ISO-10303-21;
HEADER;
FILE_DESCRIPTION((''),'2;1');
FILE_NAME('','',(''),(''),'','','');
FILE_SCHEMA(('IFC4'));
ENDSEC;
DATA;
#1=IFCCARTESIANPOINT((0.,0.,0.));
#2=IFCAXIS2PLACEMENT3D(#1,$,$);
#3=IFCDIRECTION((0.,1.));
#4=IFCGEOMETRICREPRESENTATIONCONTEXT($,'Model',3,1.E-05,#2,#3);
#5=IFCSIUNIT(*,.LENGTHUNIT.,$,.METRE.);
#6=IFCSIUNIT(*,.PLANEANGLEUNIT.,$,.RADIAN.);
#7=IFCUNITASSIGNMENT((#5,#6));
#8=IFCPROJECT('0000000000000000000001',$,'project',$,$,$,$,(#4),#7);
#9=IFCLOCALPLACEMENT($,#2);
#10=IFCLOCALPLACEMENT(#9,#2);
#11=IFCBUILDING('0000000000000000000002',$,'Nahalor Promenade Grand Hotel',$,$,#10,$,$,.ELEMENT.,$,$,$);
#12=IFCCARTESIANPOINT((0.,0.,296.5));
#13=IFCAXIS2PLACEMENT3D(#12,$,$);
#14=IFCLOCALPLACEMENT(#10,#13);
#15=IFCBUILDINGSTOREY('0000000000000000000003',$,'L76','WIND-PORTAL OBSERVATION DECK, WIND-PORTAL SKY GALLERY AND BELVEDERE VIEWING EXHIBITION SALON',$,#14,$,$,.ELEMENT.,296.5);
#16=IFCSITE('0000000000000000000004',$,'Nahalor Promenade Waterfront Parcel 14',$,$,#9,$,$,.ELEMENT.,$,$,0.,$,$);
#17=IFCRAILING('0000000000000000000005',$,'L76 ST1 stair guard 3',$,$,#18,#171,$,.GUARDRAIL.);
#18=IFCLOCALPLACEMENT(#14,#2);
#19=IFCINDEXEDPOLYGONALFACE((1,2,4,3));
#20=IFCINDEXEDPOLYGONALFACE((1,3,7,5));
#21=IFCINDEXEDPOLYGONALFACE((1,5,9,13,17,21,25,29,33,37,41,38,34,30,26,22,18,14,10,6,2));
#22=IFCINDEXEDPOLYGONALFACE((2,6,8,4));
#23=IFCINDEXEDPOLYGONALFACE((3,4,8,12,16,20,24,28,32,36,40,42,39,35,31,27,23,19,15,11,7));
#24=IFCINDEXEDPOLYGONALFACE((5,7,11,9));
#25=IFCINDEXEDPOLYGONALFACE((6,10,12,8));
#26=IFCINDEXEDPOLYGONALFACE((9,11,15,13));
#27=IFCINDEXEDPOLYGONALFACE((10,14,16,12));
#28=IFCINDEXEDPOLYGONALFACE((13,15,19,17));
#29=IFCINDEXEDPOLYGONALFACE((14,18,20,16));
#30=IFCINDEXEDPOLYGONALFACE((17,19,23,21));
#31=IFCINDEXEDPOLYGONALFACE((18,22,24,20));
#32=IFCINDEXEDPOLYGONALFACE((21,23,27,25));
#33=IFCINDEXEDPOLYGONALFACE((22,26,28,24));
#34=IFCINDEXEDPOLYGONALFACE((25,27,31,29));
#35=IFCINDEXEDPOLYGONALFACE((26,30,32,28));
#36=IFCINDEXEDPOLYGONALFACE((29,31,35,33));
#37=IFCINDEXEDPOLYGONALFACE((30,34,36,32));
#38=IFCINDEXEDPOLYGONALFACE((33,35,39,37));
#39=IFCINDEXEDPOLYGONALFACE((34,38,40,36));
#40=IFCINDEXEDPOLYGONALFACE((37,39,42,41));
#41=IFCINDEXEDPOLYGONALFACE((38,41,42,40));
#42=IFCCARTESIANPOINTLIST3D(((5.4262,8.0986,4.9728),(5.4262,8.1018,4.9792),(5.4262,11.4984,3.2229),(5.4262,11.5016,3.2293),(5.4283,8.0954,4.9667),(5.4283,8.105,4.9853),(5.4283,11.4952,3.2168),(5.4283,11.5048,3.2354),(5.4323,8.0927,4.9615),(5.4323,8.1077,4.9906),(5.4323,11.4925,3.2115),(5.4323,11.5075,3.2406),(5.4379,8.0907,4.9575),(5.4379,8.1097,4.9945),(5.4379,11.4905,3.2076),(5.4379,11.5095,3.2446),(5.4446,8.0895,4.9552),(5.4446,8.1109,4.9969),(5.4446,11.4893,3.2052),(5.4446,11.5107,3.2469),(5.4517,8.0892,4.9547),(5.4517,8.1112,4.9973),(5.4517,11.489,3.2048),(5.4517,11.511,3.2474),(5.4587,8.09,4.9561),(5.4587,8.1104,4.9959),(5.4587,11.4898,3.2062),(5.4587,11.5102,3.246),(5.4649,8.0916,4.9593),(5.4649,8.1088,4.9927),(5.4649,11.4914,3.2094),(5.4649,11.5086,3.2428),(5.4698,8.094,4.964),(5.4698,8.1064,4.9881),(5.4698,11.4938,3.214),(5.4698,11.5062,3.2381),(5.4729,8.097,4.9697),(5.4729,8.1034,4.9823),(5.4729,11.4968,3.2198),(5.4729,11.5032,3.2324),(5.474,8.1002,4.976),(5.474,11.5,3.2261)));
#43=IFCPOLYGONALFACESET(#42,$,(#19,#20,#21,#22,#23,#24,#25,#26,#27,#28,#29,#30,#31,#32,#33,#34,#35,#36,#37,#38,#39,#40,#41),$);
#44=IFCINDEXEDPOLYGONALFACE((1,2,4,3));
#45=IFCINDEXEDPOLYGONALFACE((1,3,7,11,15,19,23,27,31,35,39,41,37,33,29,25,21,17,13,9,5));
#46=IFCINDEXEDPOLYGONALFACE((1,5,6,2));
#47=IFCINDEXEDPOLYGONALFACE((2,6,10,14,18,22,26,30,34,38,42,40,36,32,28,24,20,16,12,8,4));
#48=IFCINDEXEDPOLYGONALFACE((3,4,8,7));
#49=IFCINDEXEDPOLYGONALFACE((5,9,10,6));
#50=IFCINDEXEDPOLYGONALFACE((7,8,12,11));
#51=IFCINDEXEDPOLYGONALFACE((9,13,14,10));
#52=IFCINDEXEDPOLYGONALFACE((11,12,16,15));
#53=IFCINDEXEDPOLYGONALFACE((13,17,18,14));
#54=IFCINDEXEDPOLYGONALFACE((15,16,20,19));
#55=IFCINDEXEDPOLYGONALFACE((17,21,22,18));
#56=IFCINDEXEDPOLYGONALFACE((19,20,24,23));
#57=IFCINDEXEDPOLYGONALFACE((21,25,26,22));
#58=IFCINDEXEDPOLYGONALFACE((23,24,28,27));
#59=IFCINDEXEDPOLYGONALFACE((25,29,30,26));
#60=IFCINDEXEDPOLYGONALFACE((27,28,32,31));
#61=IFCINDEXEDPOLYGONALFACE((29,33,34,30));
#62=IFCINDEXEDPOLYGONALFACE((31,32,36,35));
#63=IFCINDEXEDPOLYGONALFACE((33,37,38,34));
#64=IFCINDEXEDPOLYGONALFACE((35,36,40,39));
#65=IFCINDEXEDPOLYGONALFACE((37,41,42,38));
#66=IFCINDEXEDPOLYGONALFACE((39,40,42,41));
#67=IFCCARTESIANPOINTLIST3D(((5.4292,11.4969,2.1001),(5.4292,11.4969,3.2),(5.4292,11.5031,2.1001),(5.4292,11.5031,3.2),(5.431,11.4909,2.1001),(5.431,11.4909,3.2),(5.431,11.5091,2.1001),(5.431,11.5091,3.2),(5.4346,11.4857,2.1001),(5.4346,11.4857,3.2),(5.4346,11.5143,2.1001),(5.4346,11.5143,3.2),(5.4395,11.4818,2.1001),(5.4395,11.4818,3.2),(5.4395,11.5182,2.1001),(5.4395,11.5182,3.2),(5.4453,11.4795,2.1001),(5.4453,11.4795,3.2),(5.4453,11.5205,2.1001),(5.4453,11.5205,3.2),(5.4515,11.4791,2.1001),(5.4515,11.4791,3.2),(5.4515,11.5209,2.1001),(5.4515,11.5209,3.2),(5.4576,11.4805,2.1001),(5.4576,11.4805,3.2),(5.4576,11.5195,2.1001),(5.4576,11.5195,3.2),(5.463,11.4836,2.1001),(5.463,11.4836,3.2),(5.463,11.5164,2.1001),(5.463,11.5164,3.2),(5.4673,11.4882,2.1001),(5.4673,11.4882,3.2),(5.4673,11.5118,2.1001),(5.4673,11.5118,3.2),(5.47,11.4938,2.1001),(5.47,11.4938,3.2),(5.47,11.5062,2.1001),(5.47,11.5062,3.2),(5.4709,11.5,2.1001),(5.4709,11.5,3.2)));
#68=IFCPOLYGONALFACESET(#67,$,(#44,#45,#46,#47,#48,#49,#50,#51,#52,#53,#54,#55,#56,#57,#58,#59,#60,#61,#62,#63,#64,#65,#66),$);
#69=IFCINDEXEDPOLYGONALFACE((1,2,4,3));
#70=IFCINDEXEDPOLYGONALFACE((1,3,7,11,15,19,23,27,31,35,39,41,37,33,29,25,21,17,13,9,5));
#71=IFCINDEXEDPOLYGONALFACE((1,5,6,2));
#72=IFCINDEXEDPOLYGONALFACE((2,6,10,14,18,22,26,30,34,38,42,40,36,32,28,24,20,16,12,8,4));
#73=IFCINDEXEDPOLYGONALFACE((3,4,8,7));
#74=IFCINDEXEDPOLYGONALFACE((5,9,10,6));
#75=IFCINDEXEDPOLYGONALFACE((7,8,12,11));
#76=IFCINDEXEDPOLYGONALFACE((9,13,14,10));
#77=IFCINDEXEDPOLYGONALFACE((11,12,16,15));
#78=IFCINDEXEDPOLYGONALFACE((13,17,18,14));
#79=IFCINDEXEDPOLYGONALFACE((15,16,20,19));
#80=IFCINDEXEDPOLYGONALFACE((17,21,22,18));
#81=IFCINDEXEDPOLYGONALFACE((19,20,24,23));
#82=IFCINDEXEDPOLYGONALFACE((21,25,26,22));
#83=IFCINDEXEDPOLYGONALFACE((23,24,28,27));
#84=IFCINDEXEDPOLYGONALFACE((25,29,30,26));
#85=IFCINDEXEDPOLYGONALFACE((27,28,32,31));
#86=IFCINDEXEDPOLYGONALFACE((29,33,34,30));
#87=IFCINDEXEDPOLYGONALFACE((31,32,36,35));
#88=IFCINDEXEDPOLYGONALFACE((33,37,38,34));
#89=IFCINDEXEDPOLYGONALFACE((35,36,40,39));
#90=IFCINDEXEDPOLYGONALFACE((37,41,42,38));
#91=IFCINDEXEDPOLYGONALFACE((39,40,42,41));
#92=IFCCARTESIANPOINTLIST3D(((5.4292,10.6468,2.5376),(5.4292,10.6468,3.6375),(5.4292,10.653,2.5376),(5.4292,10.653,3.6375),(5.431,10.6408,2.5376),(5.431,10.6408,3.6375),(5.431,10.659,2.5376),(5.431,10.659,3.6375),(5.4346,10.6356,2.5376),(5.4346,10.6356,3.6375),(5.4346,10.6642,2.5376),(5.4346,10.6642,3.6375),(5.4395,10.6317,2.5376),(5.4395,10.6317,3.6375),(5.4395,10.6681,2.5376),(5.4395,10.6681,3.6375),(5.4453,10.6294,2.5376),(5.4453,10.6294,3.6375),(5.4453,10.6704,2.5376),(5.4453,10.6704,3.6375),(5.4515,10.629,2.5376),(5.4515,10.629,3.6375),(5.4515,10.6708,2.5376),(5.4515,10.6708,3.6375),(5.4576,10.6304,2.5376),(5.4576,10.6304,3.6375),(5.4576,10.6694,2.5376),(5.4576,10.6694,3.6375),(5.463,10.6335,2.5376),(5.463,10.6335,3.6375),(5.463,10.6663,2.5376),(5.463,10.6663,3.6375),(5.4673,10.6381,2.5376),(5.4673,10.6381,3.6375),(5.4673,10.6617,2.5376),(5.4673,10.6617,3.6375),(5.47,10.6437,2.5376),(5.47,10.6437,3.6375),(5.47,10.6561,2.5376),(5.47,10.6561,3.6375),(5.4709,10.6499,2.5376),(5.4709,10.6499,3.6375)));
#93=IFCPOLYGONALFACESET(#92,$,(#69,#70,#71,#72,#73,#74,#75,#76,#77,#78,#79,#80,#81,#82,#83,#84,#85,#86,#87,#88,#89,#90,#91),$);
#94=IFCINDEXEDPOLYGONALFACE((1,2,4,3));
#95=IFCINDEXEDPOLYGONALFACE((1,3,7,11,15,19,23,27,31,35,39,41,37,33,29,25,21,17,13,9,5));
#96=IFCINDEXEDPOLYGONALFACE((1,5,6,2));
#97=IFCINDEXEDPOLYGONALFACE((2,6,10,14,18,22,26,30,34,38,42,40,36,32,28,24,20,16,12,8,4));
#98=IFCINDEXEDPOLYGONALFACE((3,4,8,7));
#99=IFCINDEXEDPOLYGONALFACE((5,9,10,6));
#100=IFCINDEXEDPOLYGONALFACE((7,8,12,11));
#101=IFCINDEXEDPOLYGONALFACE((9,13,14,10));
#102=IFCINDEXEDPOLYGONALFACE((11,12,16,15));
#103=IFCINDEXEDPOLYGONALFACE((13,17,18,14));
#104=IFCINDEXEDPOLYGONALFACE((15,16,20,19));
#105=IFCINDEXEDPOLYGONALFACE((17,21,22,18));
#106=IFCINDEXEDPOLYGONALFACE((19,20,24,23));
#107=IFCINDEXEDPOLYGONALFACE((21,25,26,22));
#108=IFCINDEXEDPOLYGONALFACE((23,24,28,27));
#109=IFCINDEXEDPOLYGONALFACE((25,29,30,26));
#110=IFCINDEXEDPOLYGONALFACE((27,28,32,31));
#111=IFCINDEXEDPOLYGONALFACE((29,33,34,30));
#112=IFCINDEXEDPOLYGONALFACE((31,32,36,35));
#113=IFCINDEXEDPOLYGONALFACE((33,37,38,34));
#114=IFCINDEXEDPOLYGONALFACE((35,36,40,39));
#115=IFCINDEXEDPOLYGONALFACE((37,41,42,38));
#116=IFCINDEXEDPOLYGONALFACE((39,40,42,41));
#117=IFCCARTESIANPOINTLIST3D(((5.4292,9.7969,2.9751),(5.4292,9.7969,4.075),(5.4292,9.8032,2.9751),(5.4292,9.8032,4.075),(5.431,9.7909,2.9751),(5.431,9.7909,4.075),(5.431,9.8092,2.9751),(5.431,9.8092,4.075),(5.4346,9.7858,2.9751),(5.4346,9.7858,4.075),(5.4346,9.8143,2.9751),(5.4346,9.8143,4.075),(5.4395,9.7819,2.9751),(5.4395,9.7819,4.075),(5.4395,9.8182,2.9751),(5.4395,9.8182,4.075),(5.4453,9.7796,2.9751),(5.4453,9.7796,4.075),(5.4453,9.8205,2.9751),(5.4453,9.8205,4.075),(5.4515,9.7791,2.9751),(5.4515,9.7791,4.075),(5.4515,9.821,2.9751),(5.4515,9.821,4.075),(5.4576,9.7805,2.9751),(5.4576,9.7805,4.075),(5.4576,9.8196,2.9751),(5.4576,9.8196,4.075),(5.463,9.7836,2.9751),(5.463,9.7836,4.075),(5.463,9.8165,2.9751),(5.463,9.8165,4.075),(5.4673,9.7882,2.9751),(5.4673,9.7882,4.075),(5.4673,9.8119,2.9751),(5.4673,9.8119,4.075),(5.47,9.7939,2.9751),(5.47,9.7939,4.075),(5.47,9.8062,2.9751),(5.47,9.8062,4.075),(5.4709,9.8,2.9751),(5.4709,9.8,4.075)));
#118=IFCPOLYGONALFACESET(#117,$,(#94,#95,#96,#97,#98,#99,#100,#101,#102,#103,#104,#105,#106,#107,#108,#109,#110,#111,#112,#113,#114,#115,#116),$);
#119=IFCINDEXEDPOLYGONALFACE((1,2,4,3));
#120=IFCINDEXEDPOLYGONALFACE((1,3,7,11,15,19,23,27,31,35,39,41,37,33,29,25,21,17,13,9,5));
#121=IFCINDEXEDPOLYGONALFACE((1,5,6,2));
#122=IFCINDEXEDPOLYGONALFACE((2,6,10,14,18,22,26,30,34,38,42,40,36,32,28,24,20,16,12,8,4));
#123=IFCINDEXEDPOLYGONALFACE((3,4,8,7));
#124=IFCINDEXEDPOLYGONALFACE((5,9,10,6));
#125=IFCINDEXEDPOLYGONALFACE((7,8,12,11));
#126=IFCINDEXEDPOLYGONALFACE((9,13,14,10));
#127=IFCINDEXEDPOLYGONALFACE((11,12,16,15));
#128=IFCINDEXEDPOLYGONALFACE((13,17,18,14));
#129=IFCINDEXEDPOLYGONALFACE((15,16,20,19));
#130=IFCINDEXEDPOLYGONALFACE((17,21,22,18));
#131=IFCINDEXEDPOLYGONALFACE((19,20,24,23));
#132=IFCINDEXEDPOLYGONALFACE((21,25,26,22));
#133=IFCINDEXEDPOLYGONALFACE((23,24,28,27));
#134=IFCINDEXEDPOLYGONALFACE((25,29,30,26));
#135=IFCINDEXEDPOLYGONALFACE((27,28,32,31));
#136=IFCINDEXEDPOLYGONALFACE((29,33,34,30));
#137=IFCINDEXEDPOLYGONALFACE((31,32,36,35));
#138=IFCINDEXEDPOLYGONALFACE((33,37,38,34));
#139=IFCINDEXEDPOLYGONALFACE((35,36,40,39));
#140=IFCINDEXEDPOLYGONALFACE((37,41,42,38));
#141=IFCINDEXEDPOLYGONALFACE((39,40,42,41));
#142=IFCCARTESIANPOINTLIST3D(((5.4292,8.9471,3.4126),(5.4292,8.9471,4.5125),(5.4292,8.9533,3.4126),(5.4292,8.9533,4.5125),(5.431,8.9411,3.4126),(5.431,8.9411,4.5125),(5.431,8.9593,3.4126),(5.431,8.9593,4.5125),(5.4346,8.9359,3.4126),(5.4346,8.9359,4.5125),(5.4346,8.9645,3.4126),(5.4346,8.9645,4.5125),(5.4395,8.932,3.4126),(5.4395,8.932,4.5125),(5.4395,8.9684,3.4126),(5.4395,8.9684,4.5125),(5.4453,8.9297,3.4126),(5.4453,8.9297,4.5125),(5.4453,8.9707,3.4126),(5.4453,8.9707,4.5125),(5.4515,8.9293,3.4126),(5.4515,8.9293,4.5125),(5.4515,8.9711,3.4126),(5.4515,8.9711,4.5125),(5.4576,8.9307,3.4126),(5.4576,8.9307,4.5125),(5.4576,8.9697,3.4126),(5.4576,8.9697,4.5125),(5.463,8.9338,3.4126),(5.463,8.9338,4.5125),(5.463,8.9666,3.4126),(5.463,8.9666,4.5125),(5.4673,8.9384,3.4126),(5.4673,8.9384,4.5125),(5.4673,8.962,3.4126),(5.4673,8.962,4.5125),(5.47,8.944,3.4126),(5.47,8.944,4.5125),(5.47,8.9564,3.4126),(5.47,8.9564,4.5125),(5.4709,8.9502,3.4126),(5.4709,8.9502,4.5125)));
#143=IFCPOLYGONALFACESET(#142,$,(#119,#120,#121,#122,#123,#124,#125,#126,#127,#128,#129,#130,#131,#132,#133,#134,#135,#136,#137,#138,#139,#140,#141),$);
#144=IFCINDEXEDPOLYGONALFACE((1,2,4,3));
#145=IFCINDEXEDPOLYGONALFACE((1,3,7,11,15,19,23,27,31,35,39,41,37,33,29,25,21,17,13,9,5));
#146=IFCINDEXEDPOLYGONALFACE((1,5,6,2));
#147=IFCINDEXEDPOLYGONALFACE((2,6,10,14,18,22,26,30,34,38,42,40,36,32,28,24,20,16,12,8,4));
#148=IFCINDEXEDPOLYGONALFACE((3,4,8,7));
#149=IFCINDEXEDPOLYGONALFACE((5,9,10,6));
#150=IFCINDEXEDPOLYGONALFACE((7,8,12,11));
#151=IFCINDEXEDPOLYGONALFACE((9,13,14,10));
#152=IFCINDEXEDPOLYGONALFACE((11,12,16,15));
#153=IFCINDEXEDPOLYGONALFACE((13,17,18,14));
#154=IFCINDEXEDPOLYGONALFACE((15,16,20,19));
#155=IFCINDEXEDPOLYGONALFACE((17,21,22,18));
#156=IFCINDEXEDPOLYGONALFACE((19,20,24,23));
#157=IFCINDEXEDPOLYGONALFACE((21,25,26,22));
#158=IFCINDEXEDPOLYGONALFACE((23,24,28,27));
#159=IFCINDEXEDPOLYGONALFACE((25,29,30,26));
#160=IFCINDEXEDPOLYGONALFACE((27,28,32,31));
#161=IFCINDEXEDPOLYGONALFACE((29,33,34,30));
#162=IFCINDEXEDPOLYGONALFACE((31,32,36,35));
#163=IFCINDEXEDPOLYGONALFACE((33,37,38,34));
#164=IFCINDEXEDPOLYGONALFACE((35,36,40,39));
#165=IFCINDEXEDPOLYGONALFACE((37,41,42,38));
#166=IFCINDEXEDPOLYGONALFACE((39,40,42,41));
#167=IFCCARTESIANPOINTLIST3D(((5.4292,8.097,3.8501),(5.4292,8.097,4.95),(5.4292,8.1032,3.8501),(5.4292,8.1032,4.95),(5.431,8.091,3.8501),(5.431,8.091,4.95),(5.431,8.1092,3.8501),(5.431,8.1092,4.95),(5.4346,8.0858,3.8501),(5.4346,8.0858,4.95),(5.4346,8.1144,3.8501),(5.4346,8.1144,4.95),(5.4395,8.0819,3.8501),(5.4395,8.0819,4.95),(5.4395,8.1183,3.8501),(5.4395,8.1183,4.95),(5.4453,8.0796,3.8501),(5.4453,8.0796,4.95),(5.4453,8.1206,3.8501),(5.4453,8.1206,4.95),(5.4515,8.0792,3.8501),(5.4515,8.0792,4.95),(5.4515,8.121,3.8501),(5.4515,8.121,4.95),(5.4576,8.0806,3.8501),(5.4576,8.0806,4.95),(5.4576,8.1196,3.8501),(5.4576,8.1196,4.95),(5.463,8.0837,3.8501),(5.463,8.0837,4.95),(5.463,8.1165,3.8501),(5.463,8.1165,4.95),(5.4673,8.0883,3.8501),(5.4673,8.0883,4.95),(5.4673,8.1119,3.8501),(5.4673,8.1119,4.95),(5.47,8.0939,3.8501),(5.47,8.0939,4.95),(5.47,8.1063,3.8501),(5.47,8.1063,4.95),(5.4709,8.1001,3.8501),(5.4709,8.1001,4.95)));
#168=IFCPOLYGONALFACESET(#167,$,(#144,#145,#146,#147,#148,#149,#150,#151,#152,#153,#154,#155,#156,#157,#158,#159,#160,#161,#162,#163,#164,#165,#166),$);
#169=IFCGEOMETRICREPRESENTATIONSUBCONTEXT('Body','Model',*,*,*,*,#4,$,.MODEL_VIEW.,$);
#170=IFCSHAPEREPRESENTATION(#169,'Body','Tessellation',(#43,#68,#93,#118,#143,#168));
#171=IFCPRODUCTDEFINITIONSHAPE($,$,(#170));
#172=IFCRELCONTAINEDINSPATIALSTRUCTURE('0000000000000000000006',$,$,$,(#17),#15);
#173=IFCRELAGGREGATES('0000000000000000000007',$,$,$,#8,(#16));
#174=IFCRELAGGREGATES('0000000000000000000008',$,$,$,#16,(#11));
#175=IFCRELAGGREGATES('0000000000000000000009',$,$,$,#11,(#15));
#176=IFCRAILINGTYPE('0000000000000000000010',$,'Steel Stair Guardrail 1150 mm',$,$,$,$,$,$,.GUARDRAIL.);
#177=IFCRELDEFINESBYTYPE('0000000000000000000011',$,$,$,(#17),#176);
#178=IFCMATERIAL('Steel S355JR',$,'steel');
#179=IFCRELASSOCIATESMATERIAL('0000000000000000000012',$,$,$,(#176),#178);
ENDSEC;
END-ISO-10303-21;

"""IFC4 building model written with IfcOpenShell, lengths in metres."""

from ifc_helpers import new_model, si_unit, direction, frame, origin, origin_2d, place, context, subcontext, project, spatial, circle, extrude, material, type_object, element, save


model = new_model("IFC4")

# Units and contexts
model_context = context("Model", 3, precision=1e-05, world=origin(), true_north=direction((0.0, 1.0)))
body_context = subcontext(model_context, "Body", "Model", "MODEL_VIEW")
ifc_project = project(units=[si_unit("LENGTHUNIT", "METRE"), si_unit("PLANEANGLEUNIT", "RADIAN")], contexts=[model_context])

# Site, building, storey
site_placement = place(None, origin())
site = spatial("IfcSite", under=ifc_project, at=site_placement, Name="Nahalor Promenade Waterfront Parcel 14", CompositionType="ELEMENT", RefElevation=0.0)
building_placement = place(site_placement, origin())
building = spatial("IfcBuilding", under=site, at=building_placement, Name="Nahalor Promenade Grand Hotel", CompositionType="ELEMENT")
storey_placement = place(building_placement, frame((0.0, 0.0, 296.5)))
storey = spatial("IfcBuildingStorey", under=building, at=storey_placement, Name="L76", Description="WIND-PORTAL OBSERVATION DECK, WIND-PORTAL SKY GALLERY AND BELVEDERE VIEWING EXHIBITION SALON", CompositionType="ELEMENT", Elevation=296.5)

# Shared definitions
ifc_material_1 = material(Name="Steel S355JR", Category="steel")

# Railing
railing_type_1 = type_object("IfcRailingType", Name="Steel Stair Guardrail 1150 mm", PredefinedType="GUARDRAIL", material=ifc_material_1)
railing_1_placement = place(storey_placement, frame((5.45, 11.5, 2.1001)))
element("IfcRailing", 1, at=railing_1_placement, inside=storey, type_object=railing_type_1, Name="L76 ST1 stair guard 3", PredefinedType="GUARDRAIL", context=body_context, shape_type="SweptSolid", body=[
    extrude(circle(Radius=0.024, at=origin_2d()), frame((0.0, 0.0, 1.126), z_axis=(0.0, -0.88913, 0.457654), x_axis=(1.0, 0.0, 0.0)), (0.0, 0.0, 1.0), 3.8237),
    extrude(circle(Radius=0.021, at=origin_2d()), origin(), (0.0, 0.0, 1.0), 1.0999),
    extrude(circle(Radius=0.021, at=origin_2d()), frame((0.0, -0.8501, 0.4375)), (0.0, 0.0, 1.0), 1.0999),
    extrude(circle(Radius=0.021, at=origin_2d()), frame((0.0, -1.7, 0.875)), (0.0, 0.0, 1.0), 1.0999),
    extrude(circle(Radius=0.021, at=origin_2d()), frame((0.0, -2.5498, 1.3125)), (0.0, 0.0, 1.0), 1.0999),
    extrude(circle(Radius=0.021, at=origin_2d()), frame((0.0, -3.3999, 1.75)), (0.0, 0.0, 1.0), 1.0999),
])

save(model, "model.ifc")
